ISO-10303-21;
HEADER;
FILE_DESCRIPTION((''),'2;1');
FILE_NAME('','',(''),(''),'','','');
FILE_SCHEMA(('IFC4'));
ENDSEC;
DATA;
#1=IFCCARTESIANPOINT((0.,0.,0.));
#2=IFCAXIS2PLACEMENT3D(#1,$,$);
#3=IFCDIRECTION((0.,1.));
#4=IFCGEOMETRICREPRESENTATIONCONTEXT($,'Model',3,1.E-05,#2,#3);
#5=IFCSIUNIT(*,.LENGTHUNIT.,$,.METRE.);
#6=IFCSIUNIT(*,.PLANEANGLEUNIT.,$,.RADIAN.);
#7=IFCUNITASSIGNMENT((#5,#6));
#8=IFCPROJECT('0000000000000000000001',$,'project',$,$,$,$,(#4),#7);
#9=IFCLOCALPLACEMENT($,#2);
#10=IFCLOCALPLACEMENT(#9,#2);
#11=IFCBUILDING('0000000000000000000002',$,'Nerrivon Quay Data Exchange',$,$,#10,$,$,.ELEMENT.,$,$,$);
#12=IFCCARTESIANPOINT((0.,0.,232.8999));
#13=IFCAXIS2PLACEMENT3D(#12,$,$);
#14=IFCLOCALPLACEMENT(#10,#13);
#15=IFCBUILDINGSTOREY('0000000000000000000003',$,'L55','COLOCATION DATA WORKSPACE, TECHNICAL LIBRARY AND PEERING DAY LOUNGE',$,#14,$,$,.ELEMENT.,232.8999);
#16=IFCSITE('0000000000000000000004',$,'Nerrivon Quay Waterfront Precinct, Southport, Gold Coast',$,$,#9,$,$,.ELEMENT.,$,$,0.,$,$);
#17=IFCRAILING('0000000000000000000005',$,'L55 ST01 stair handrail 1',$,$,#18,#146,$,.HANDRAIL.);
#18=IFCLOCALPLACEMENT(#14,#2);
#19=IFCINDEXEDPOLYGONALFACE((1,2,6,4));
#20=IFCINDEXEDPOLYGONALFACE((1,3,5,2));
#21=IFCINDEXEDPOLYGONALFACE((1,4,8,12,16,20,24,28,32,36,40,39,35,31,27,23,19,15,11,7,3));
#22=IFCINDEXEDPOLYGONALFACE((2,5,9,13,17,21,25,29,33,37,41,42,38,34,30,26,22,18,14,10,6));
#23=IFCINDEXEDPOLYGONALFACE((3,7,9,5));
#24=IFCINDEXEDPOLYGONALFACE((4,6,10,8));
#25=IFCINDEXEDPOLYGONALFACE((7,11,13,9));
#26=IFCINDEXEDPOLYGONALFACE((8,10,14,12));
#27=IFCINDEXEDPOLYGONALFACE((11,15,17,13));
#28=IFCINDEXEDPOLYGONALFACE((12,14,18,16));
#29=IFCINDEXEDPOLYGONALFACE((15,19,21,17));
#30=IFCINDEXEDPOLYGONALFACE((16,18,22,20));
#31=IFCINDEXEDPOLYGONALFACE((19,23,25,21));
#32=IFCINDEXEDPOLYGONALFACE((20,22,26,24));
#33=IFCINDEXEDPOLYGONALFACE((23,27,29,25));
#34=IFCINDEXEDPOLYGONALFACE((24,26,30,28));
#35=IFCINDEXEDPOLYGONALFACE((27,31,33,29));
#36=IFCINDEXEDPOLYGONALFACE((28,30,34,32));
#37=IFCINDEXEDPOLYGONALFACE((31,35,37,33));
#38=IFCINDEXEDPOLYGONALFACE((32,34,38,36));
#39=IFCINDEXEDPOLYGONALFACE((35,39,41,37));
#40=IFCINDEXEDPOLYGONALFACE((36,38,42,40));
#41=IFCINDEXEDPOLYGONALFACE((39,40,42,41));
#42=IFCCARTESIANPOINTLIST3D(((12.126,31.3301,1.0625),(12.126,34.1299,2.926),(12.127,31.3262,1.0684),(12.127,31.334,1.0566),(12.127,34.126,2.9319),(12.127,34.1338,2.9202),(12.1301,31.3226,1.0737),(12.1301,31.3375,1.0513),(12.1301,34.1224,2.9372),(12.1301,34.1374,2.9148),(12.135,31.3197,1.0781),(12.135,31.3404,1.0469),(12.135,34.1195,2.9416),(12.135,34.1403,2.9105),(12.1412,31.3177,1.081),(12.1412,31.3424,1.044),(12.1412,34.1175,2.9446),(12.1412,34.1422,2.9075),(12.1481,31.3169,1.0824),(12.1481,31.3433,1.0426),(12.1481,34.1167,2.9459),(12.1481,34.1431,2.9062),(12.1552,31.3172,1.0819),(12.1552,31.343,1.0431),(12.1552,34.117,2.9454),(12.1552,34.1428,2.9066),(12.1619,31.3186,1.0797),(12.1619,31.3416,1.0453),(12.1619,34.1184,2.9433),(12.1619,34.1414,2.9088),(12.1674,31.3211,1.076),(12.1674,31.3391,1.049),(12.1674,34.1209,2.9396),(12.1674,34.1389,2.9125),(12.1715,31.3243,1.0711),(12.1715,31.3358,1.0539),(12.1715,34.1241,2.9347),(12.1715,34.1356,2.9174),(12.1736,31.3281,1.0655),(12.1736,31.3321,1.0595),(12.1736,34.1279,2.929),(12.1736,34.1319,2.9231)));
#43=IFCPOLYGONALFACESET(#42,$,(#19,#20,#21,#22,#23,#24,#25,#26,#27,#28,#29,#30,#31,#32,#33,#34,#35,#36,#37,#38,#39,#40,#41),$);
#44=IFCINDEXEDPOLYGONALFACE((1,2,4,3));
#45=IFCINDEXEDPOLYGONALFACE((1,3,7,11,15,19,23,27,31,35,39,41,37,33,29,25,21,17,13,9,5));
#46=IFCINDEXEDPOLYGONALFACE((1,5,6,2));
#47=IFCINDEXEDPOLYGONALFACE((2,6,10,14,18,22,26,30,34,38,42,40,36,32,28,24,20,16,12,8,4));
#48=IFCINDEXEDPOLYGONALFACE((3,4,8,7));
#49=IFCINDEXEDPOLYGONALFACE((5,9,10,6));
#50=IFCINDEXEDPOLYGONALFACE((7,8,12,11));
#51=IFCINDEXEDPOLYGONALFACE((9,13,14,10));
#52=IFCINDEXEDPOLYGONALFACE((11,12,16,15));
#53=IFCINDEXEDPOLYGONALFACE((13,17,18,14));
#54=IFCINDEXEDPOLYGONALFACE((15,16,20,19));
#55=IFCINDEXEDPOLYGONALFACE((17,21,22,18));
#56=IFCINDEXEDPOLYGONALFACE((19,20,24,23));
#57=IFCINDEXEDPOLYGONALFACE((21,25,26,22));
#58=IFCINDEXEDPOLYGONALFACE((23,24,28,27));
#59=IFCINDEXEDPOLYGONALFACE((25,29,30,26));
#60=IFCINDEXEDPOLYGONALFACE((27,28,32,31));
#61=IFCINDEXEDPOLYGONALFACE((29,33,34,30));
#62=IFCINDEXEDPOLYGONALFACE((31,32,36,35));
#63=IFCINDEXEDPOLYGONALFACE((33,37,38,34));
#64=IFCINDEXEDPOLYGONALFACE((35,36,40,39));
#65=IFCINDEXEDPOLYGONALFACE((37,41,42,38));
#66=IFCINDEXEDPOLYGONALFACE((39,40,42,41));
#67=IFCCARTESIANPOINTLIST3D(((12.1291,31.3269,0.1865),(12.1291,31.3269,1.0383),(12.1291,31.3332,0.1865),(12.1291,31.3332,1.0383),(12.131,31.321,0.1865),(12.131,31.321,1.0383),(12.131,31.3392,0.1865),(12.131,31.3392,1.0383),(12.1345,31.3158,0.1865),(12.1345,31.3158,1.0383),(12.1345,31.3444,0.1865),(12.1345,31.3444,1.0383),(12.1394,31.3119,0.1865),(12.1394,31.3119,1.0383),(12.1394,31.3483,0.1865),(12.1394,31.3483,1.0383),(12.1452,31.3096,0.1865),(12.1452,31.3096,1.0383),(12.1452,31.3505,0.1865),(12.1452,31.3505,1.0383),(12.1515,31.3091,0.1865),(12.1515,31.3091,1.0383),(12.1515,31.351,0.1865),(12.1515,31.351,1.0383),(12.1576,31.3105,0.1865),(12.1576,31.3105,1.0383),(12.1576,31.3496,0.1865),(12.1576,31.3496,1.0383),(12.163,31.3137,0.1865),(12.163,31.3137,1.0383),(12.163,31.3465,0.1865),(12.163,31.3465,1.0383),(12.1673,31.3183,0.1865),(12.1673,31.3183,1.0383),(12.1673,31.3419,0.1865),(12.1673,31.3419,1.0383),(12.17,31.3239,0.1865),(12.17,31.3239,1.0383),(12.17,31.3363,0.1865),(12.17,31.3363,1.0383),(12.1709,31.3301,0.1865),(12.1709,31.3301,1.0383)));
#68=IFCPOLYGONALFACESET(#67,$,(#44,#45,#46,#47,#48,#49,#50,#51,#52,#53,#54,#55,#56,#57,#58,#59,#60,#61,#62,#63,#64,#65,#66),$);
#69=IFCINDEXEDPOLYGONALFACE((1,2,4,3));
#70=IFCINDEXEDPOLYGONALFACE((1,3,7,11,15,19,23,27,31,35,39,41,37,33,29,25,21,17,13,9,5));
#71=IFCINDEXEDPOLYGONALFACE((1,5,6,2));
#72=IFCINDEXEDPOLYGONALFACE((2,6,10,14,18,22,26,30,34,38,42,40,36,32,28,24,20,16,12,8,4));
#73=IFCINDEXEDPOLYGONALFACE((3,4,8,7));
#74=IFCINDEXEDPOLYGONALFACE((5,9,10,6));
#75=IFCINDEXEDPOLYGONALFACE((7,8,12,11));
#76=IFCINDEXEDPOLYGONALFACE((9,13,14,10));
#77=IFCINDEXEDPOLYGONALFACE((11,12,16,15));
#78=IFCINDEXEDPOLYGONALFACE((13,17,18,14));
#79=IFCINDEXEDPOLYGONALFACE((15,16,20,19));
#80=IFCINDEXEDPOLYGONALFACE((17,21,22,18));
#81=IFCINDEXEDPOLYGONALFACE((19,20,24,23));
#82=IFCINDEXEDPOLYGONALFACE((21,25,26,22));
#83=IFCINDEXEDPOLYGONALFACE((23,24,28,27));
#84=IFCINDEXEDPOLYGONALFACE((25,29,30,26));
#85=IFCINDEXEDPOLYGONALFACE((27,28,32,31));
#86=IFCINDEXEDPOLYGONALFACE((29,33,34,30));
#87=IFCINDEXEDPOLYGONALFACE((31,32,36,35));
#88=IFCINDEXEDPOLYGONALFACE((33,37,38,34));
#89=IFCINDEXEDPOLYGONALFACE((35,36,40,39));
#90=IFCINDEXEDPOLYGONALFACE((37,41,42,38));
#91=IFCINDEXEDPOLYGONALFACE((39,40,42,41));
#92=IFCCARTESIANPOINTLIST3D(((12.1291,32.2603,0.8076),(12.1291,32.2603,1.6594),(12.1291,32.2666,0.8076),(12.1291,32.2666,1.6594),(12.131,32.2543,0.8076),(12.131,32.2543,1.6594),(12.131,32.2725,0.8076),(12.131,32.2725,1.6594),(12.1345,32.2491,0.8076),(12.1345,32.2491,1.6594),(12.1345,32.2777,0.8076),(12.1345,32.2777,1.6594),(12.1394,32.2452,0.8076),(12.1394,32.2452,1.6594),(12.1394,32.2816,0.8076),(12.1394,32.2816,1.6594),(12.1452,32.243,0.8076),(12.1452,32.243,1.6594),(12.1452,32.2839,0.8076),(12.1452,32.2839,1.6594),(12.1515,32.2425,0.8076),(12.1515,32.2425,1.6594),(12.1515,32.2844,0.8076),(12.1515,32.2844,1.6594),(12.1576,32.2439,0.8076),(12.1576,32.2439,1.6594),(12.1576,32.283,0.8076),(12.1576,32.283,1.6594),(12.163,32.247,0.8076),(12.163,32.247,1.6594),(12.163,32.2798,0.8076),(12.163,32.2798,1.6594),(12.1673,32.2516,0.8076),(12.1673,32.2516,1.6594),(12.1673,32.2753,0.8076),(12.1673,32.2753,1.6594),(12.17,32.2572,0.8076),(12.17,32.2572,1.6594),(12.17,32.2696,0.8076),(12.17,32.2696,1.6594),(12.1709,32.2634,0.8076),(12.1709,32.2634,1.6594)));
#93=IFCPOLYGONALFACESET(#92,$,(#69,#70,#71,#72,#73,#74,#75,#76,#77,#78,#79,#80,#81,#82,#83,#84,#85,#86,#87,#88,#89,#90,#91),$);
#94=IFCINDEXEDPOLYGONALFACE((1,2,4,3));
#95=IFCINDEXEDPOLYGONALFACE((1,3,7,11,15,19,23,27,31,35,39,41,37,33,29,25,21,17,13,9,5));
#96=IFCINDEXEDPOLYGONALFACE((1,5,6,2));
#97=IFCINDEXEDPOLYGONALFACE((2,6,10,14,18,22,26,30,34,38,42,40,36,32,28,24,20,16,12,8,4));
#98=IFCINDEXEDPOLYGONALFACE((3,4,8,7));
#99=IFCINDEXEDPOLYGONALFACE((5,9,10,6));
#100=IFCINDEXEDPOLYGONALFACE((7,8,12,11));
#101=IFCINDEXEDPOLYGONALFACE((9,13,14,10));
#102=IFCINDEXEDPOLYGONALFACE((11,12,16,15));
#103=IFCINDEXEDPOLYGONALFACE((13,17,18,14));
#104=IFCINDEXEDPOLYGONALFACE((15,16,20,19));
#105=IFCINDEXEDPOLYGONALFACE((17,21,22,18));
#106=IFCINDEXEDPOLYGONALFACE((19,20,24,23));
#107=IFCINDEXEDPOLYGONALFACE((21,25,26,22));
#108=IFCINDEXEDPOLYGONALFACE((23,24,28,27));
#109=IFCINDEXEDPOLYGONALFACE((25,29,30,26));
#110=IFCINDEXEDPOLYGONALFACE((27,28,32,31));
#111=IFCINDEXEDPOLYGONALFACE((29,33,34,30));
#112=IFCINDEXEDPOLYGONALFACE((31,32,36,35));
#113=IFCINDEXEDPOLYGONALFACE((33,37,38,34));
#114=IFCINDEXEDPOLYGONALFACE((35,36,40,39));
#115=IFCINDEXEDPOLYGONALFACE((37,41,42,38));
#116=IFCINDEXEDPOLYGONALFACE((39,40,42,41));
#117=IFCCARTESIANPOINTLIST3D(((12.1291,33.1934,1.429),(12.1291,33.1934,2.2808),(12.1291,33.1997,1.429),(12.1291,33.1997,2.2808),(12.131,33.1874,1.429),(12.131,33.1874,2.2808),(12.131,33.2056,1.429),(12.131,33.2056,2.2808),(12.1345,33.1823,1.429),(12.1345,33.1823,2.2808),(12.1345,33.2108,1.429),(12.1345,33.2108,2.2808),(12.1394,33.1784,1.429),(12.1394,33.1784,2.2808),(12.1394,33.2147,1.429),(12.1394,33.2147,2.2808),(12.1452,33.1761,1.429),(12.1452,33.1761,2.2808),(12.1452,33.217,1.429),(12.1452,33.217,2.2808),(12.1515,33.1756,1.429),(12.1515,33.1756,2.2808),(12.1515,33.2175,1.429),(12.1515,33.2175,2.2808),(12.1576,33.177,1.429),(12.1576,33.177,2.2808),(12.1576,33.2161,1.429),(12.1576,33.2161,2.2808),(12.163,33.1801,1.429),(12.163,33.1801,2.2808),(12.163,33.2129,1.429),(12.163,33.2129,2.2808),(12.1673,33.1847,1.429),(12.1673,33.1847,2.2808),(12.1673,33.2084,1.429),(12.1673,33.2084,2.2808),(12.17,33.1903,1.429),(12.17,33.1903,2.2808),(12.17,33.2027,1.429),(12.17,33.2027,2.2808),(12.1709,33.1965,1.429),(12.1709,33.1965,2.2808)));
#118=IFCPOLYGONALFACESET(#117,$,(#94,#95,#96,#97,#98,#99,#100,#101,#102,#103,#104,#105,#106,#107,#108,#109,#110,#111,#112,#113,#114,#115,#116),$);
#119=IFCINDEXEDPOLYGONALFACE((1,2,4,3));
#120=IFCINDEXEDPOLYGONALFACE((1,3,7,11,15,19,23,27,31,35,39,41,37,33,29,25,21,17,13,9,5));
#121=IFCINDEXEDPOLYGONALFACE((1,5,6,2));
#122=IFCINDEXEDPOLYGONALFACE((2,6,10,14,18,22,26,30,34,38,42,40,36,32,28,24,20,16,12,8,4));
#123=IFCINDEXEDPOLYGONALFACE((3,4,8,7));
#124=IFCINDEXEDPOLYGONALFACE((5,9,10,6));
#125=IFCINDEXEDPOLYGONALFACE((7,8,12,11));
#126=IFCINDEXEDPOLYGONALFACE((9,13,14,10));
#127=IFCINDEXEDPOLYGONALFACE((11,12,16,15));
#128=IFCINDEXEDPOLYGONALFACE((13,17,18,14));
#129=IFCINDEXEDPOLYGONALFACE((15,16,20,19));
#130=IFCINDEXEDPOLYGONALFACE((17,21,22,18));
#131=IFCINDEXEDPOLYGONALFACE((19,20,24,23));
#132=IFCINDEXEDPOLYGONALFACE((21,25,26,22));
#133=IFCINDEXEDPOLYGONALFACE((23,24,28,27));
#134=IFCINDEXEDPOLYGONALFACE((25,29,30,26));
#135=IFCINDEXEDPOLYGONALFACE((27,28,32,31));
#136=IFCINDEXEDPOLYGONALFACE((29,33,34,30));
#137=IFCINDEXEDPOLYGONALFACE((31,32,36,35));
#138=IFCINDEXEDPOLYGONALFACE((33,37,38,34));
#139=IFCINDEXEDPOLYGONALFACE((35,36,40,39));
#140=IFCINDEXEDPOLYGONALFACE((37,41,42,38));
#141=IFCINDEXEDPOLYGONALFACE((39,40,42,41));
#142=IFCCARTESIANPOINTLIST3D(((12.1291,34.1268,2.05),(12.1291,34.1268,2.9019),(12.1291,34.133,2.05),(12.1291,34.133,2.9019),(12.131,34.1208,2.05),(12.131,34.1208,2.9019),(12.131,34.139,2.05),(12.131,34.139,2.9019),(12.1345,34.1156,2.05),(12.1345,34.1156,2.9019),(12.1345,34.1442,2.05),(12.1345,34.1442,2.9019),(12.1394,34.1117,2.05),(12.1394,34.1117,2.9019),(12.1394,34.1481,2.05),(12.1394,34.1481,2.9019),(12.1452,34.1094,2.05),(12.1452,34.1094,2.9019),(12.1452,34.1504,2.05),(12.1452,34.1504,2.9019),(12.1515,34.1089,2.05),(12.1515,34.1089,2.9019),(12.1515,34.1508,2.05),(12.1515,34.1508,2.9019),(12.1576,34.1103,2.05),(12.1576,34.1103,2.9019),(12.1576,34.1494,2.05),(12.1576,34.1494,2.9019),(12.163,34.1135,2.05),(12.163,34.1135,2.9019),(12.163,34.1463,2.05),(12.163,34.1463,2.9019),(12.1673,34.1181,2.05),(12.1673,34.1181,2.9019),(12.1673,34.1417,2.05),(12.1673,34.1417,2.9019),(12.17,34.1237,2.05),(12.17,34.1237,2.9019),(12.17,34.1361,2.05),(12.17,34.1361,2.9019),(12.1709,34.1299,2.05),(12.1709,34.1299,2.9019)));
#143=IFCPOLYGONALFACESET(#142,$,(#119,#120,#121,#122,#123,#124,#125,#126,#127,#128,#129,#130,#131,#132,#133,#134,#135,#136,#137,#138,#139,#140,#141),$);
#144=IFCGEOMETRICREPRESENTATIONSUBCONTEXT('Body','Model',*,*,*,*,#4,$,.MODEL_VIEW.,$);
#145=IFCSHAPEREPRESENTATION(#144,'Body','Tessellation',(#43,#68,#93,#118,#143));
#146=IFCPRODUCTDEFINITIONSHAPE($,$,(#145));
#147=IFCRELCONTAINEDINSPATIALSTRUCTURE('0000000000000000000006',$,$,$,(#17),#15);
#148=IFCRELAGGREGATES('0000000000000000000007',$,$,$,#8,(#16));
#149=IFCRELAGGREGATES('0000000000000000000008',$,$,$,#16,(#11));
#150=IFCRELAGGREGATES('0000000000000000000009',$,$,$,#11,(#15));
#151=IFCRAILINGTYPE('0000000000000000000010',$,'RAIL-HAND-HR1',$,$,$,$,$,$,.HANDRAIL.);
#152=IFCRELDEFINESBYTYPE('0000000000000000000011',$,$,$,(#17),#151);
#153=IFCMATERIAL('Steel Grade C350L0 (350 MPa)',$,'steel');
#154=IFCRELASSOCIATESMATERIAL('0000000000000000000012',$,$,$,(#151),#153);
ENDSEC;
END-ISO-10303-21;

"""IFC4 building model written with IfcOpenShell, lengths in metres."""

from ifc_helpers import new_model, si_unit, direction, frame, origin, origin_2d, place, context, subcontext, project, spatial, circle, extrude, material, type_object, element, save


model = new_model("IFC4")

# Units and contexts
model_context = context("Model", 3, precision=1e-05, world=origin(), true_north=direction((0.0, 1.0)))
body_context = subcontext(model_context, "Body", "Model", "MODEL_VIEW")
ifc_project = project(units=[si_unit("LENGTHUNIT", "METRE"), si_unit("PLANEANGLEUNIT", "RADIAN")], contexts=[model_context])

# Site, building, storey
site_placement = place(None, origin())
site = spatial("IfcSite", under=ifc_project, at=site_placement, Name="Nerrivon Quay Waterfront Precinct, Southport, Gold Coast", CompositionType="ELEMENT", RefElevation=0.0)
building_placement = place(site_placement, origin())
building = spatial("IfcBuilding", under=site, at=building_placement, Name="Nerrivon Quay Data Exchange", CompositionType="ELEMENT")
storey_placement = place(building_placement, frame((0.0, 0.0, 232.8999)))
storey = spatial("IfcBuildingStorey", under=building, at=storey_placement, Name="L55", Description="COLOCATION DATA WORKSPACE, TECHNICAL LIBRARY AND PEERING DAY LOUNGE", CompositionType="ELEMENT", Elevation=232.8999)

# Railing
ifc_material_1 = material(Name="Steel Grade C350L0 (350 MPa)", Category="steel")
railing_type_1 = type_object("IfcRailingType", Name="RAIL-HAND-HR1", PredefinedType="HANDRAIL", material=ifc_material_1)
railing_1_placement = place(storey_placement, frame((12.1499, 31.3301, 0.1865)))
element("IfcRailing", 1, at=railing_1_placement, inside=storey, type_object=railing_type_1, Name="L55 ST01 stair handrail 1", PredefinedType="HANDRAIL", context=body_context, shape_type="SweptSolid", body=[
    extrude(circle(Radius=0.0239, at=origin_2d()), frame((0.0, 0.0, 0.876), z_axis=(0.0, 0.832463, 0.55408), x_axis=(-1.0, 0.0, 0.0)), (0.0, 0.0, 1.0), 3.3633),
    extrude(circle(Radius=0.021, at=origin_2d()), origin(), (0.0, 0.0, 1.0), 0.8518),
    extrude(circle(Radius=0.021, at=origin_2d()), frame((0.0, 0.9333, 0.6211)), (0.0, 0.0, 1.0), 0.8518),
    extrude(circle(Radius=0.021, at=origin_2d()), frame((0.0, 1.8665, 1.2424)), (0.0, 0.0, 1.0), 0.8518),
    extrude(circle(Radius=0.021, at=origin_2d()), frame((0.0, 2.7998, 1.8635)), (0.0, 0.0, 1.0), 0.8518),
])

save(model, "model.ifc")
